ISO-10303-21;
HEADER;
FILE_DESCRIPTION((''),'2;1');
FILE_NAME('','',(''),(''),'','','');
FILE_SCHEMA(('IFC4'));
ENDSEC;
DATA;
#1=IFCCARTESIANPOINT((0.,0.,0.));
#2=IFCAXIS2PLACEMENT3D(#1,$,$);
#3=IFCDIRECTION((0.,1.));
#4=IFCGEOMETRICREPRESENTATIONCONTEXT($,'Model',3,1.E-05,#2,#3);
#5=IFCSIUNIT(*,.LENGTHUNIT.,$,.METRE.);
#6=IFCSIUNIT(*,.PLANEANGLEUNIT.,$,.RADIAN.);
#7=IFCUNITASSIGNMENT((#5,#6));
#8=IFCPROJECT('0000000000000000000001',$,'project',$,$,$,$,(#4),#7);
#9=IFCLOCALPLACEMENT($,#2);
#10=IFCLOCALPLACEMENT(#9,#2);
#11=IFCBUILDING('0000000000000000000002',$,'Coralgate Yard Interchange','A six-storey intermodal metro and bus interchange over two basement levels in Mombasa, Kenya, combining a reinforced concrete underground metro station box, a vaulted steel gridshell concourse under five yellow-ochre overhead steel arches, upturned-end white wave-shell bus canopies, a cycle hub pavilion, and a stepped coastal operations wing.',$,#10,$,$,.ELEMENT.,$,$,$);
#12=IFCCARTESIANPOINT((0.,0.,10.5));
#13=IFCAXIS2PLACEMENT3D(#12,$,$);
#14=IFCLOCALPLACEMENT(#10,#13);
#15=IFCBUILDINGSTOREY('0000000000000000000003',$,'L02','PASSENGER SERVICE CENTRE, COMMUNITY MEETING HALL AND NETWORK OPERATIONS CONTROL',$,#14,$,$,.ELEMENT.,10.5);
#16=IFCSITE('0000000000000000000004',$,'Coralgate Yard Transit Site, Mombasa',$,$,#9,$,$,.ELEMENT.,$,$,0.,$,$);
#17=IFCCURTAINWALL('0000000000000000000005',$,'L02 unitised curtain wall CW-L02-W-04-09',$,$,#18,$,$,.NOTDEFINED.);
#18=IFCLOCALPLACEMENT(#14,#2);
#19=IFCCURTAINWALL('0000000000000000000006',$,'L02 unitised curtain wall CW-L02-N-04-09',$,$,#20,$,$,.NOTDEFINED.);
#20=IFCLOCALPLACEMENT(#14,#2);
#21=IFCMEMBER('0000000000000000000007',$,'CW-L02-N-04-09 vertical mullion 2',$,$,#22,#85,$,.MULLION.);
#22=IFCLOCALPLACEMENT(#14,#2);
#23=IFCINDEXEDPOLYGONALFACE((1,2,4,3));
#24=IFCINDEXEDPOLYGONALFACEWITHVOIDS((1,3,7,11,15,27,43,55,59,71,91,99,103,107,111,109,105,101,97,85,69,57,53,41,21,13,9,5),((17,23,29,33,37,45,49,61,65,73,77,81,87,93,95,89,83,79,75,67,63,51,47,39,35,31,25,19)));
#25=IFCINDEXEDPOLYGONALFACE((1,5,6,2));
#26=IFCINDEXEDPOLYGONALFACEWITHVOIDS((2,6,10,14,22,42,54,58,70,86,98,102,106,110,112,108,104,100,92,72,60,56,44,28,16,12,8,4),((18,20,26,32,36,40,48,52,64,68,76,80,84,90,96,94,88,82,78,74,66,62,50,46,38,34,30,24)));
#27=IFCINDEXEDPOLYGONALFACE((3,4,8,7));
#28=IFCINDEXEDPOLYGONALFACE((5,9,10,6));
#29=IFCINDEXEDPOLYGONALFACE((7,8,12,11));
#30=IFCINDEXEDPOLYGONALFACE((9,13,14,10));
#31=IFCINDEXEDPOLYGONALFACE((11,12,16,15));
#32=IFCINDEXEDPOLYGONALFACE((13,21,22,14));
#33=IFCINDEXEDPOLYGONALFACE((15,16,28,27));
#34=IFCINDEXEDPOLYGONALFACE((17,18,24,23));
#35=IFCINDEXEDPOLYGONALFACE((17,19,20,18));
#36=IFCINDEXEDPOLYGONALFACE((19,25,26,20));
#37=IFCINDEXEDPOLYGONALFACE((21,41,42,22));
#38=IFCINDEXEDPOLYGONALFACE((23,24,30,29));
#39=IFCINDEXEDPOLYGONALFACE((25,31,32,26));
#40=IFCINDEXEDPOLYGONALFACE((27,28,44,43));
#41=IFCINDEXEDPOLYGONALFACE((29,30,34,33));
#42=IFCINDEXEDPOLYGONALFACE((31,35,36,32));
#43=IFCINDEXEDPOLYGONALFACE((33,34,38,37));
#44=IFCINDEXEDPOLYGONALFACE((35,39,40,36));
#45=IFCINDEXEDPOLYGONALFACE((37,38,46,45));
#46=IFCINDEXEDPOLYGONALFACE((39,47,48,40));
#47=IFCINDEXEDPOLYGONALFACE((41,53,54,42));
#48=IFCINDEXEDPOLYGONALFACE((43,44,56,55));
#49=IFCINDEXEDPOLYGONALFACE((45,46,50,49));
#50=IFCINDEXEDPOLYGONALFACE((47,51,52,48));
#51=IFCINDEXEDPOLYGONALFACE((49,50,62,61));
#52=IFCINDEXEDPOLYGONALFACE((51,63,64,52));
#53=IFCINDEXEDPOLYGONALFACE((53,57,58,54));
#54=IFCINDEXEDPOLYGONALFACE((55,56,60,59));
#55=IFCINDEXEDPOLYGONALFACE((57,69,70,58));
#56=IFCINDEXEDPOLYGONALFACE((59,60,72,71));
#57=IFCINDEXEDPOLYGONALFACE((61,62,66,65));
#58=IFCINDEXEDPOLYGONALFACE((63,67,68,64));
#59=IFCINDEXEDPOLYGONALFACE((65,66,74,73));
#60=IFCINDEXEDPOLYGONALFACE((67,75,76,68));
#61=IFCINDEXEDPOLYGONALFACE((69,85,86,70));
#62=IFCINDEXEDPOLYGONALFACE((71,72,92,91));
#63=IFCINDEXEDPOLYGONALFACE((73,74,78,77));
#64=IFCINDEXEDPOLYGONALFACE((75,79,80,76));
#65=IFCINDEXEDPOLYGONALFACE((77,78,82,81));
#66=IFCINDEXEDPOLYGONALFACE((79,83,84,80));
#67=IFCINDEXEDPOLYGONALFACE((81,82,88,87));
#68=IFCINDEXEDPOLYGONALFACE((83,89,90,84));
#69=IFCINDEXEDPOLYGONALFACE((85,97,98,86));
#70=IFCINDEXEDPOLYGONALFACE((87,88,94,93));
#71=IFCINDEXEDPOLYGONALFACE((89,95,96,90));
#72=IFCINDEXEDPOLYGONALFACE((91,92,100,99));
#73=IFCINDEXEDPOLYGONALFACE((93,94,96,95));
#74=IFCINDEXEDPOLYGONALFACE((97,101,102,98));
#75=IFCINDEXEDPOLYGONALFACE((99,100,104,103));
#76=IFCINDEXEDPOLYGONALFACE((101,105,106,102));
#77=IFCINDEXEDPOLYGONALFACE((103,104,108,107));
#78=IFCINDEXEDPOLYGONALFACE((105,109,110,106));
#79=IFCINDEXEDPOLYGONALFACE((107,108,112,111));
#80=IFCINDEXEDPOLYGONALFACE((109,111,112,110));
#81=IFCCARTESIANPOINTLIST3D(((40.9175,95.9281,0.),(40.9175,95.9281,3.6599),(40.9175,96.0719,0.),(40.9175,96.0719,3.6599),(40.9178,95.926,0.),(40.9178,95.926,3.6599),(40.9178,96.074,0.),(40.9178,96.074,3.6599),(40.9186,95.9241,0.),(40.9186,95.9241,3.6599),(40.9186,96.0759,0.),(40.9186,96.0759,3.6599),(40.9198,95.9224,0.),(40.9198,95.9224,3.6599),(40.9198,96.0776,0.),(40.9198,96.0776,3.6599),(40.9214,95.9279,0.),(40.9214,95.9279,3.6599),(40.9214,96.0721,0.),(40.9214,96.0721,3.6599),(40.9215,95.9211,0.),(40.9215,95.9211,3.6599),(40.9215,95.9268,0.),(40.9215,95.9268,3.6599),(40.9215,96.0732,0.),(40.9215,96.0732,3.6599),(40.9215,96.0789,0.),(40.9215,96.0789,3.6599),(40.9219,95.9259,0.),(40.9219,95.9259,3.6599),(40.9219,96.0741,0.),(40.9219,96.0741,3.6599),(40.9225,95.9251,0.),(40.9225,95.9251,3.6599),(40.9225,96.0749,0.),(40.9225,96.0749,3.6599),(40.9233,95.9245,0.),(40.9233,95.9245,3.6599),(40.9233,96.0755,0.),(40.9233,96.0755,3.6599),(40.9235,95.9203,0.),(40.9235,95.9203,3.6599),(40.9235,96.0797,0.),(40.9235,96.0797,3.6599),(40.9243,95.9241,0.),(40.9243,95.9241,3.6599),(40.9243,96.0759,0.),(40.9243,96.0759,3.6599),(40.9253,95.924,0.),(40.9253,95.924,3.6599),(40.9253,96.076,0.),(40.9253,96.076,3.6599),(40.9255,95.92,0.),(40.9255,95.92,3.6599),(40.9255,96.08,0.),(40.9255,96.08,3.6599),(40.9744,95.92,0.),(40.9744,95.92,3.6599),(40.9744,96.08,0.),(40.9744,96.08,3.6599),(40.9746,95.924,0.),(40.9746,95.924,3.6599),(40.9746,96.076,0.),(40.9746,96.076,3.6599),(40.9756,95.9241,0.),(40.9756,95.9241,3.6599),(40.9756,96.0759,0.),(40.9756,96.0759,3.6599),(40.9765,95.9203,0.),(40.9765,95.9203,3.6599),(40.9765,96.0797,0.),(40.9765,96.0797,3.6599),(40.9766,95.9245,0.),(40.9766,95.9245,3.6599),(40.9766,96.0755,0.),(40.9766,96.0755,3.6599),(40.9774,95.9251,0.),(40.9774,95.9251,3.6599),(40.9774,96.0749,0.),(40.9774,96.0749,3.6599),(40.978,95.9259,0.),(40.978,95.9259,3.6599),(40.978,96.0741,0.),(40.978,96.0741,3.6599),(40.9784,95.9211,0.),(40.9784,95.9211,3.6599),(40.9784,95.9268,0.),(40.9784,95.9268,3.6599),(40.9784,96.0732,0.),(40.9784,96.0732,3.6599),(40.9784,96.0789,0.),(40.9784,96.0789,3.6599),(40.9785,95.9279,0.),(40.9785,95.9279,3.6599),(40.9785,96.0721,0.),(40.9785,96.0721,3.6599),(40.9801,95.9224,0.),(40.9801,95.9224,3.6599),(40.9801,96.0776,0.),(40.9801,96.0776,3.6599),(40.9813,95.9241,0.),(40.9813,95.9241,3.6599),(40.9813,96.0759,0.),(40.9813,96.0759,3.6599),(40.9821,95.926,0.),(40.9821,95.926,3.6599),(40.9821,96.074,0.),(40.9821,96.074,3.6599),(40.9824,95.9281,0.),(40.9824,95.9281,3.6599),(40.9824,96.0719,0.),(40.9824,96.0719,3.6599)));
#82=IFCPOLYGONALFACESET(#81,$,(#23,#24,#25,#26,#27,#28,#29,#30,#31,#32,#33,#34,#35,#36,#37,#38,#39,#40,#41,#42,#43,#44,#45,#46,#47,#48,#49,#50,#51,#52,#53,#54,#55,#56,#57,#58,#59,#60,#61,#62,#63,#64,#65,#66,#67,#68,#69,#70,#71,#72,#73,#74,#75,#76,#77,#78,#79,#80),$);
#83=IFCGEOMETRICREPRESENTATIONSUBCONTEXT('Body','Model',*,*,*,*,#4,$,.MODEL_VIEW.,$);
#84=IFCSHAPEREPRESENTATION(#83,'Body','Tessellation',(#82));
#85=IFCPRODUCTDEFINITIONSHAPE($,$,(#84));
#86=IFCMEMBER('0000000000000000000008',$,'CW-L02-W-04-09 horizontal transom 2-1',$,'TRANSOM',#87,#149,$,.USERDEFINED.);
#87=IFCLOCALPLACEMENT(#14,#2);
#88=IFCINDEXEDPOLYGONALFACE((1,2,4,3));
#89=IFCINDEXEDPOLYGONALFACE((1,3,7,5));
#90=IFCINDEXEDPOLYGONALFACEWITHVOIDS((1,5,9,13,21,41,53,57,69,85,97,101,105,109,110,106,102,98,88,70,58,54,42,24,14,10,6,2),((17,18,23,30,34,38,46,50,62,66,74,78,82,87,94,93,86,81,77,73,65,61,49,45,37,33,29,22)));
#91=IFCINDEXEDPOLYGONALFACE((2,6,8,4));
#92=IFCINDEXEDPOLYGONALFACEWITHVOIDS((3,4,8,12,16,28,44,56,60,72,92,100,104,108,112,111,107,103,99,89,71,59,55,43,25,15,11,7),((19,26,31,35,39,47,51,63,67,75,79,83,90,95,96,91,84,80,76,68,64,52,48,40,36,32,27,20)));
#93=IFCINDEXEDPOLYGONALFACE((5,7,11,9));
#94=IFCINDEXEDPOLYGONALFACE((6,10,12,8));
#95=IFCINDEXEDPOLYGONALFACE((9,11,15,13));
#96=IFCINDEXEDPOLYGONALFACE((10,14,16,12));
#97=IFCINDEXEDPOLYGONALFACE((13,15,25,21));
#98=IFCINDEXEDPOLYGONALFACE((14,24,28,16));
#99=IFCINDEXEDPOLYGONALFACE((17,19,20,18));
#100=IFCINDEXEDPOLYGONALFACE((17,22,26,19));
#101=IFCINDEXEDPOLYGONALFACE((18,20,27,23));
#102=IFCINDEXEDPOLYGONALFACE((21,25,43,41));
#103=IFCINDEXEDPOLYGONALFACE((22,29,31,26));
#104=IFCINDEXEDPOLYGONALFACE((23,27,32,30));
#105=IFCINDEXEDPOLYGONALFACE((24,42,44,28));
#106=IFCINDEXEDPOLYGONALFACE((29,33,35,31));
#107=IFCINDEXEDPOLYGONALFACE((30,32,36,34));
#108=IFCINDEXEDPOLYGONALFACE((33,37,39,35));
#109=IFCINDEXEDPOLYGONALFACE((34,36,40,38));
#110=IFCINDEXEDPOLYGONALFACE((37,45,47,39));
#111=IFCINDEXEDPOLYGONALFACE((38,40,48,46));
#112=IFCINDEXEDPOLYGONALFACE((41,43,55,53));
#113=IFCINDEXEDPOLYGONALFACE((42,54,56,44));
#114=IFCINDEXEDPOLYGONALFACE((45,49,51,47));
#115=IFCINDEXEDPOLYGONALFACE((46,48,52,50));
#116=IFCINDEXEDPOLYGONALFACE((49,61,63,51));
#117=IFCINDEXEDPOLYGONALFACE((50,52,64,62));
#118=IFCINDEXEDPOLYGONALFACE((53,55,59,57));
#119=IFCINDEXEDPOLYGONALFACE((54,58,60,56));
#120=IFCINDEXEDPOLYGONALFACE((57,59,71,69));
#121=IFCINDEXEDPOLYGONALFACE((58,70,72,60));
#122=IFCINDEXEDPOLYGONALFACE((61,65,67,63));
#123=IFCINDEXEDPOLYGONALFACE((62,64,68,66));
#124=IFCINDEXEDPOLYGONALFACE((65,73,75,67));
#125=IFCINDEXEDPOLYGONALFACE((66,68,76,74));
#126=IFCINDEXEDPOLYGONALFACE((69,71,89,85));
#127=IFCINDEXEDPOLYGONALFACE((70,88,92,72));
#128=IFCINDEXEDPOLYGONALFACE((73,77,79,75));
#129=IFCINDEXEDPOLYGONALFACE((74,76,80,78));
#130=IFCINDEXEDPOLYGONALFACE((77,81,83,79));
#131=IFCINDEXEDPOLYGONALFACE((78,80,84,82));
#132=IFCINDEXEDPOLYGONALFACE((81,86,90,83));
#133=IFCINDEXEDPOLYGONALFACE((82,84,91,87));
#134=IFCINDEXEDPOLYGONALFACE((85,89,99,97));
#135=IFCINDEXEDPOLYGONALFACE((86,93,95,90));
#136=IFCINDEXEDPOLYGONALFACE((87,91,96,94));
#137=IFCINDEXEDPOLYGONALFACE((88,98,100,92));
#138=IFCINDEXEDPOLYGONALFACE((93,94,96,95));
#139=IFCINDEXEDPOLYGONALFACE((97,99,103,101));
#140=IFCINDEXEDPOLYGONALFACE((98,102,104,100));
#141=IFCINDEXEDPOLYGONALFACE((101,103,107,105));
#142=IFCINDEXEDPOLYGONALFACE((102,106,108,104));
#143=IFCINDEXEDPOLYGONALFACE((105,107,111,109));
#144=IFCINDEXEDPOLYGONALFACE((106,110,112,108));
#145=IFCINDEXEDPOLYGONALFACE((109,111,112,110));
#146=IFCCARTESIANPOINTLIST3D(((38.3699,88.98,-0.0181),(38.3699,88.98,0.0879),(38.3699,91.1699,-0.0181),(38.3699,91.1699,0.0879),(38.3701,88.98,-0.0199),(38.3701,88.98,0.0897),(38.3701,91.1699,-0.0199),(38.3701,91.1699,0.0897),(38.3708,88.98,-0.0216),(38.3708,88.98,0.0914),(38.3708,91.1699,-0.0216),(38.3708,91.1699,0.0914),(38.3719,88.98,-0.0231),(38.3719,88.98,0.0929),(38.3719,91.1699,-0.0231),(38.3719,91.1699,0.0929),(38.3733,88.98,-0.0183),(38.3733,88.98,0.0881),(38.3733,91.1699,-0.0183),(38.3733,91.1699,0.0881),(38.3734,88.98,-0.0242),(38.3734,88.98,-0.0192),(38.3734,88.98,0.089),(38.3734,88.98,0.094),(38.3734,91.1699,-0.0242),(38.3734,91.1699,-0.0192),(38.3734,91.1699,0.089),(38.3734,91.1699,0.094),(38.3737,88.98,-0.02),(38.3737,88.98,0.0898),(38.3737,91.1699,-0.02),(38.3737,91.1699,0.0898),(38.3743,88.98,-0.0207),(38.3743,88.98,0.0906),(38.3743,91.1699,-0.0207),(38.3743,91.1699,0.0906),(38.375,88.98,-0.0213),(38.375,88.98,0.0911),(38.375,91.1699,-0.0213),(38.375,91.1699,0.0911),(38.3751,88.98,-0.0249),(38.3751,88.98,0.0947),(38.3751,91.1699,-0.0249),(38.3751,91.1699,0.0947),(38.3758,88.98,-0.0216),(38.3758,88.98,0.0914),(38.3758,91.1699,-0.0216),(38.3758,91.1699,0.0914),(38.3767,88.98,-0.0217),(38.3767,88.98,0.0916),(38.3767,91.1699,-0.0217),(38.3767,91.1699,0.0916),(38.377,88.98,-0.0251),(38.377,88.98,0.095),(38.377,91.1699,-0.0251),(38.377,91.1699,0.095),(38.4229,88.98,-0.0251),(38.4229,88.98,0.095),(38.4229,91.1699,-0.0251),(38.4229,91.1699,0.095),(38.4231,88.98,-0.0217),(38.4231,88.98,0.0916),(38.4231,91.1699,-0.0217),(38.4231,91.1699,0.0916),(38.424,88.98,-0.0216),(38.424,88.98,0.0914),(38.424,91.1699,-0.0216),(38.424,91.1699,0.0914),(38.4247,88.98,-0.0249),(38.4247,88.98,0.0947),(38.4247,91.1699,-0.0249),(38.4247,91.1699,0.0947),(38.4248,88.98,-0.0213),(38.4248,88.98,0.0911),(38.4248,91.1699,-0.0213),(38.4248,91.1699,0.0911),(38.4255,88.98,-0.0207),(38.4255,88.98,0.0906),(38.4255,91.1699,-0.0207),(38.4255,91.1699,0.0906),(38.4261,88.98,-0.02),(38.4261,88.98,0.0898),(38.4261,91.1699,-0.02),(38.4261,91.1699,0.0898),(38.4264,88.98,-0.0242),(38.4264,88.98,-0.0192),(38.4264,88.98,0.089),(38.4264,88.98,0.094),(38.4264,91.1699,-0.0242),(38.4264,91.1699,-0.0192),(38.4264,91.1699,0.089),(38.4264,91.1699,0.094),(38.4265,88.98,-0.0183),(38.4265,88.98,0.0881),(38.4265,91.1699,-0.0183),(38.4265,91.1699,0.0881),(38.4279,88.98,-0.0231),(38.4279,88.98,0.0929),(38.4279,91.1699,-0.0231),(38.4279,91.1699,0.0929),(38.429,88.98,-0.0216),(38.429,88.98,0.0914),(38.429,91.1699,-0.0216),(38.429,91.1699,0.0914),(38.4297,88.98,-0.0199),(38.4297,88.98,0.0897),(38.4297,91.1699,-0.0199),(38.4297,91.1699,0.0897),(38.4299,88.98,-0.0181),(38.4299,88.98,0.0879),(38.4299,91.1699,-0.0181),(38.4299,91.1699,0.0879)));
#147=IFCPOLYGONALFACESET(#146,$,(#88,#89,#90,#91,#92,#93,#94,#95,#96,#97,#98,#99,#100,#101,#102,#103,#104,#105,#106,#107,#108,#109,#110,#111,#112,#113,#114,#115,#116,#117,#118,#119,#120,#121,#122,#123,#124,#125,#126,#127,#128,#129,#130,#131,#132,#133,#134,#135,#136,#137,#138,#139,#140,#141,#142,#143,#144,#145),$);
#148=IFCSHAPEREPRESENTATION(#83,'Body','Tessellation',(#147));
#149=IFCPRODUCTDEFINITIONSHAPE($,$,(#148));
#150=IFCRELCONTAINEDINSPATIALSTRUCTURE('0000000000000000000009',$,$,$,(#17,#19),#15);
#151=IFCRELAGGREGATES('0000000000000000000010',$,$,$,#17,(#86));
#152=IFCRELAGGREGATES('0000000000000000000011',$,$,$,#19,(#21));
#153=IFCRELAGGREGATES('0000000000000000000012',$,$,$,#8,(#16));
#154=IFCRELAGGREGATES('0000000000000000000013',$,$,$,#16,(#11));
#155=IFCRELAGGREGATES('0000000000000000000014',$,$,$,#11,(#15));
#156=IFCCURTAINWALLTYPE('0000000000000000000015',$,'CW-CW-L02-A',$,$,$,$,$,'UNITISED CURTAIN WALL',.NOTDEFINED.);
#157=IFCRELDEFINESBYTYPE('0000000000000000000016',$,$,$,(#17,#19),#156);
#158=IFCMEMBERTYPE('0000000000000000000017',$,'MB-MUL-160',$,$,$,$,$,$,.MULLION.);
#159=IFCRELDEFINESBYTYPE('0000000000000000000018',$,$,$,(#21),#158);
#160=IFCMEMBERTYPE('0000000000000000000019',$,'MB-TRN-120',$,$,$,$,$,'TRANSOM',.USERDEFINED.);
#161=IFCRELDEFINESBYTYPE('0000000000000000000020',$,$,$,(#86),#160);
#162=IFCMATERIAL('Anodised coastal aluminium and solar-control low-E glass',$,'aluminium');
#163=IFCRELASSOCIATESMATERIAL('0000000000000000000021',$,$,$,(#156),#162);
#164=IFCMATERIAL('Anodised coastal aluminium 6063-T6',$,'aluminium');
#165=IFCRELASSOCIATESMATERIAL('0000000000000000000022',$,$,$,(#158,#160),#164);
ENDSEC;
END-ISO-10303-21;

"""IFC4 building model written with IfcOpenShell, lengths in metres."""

from ifc_helpers import new_model, si_unit, direction, frame, origin, origin_2d, place, context, subcontext, project, spatial, hollow_rectangle, extrude, material, material_profile, profile_set, type_object, element, aggregate, save


model = new_model("IFC4")

# Units and contexts
model_context = context("Model", 3, precision=1e-05, world=origin(), true_north=direction((0.0, 1.0)))
body_context = subcontext(model_context, "Body", "Model", "MODEL_VIEW")
ifc_project = project(units=[si_unit("LENGTHUNIT", "METRE"), si_unit("PLANEANGLEUNIT", "RADIAN")], contexts=[model_context])

# Site, building, storey
site_placement = place(None, origin())
site = spatial("IfcSite", under=ifc_project, at=site_placement, Name="Coralgate Yard Transit Site, Mombasa", CompositionType="ELEMENT", RefElevation=0.0)
building_placement = place(site_placement, origin())
building = spatial("IfcBuilding", under=site, at=building_placement, Name="Coralgate Yard Interchange", Description="A six-storey intermodal metro and bus interchange over two basement levels in Mombasa, Kenya, combining a reinforced concrete underground metro station box, a vaulted steel gridshell concourse under five yellow-ochre overhead steel arches, upturned-end white wave-shell bus canopies, a cycle hub pavilion, and a stepped coastal operations wing.", CompositionType="ELEMENT")
storey_placement = place(building_placement, frame((0.0, 0.0, 10.5)))
storey = spatial("IfcBuildingStorey", under=building, at=storey_placement, Name="L02", Description="PASSENGER SERVICE CENTRE, COMMUNITY MEETING HALL AND NETWORK OPERATIONS CONTROL", CompositionType="ELEMENT", Elevation=10.5)

# Curtain walls, member
ifc_material_1 = material(Name="Anodised coastal aluminium and solar-control low-E glass", Category="aluminium")
curtain_wall_type = type_object("IfcCurtainWallType", Name="CW-CW-L02-A", ElementType="UNITISED CURTAIN WALL", PredefinedType="NOTDEFINED", material=ifc_material_1)
curtain_wall_1_placement = place(storey_placement, origin())
curtain_wall_1 = element("IfcCurtainWall", 1, at=curtain_wall_1_placement, inside=storey, type_object=curtain_wall_type, Name="L02 unitised curtain wall CW-L02-W-04-09", PredefinedType="NOTDEFINED")
ifc_material_2 = material(Name="Anodised coastal aluminium 6063-T6", Category="aluminium")
ifc_material_profile_1 = material_profile(ifc_material_2, hollow_rectangle(XDim=0.0649, YDim=0.1599, WallThickness=0.0039, InnerFilletRadius=0.0039, OuterFilletRadius=0.0081, at=origin_2d()), Name="ALU 65x160x4")
ifc_profile_set_1 = profile_set([ifc_material_profile_1], Name="Anodised coastal aluminium 6063-T6")
member_type_1 = type_object("IfcMemberType", Name="MB-MUL-160", PredefinedType="MULLION", material=ifc_profile_set_1)
curtain_wall_2_placement = place(storey_placement, origin())
curtain_wall_2 = element("IfcCurtainWall", 2, at=curtain_wall_2_placement, inside=storey, type_object=curtain_wall_type, Name="L02 unitised curtain wall CW-L02-N-04-09", PredefinedType="NOTDEFINED")
member_1_placement = place(storey_placement, frame((40.95, 96.0, 0.0), z_axis=(0.0, 0.0, 1.0), x_axis=(1.0, 0.0, 0.0)))
member_1 = element("IfcMember", 3, at=member_1_placement, type_object=member_type_1, Name="CW-L02-N-04-09 vertical mullion 2", PredefinedType="MULLION", context=body_context, shape_type="SweptSolid", body=[
    extrude(hollow_rectangle(XDim=0.0649, YDim=0.1599, WallThickness=0.0039, InnerFilletRadius=0.0039, OuterFilletRadius=0.0081, at=origin_2d()), origin(), (0.0, 0.0, 1.0), 3.6599),
])

# Member
ifc_material_profile_2 = material_profile(ifc_material_2, hollow_rectangle(XDim=0.0601, YDim=0.1201, WallThickness=0.0034, InnerFilletRadius=0.0034, OuterFilletRadius=0.0071, at=origin_2d()), Name="ALU 60x120x3.5")
ifc_profile_set_2 = profile_set([ifc_material_profile_2], Name="Anodised coastal aluminium 6063-T6")
member_type_2 = type_object("IfcMemberType", Name="MB-TRN-120", ElementType="TRANSOM", PredefinedType="USERDEFINED", material=ifc_profile_set_2)
member_2_placement = place(storey_placement, frame((38.3999, 88.98, 0.0349), z_axis=(0.0, 1.0, 0.0), x_axis=(-1.0, 0.0, 0.0)))
member_2 = element("IfcMember", 4, at=member_2_placement, type_object=member_type_2, Name="CW-L02-W-04-09 horizontal transom 2-1", ObjectType="TRANSOM", PredefinedType="USERDEFINED", context=body_context, shape_type="SweptSolid", body=[
    extrude(hollow_rectangle(XDim=0.0601, YDim=0.1201, WallThickness=0.0034, InnerFilletRadius=0.0034, OuterFilletRadius=0.0071, at=origin_2d()), origin(), (0.0, 0.0, 1.0), 2.1899),
])

aggregate(curtain_wall_1, [member_2])
aggregate(curtain_wall_2, [member_1])

save(model, "model.ifc")
